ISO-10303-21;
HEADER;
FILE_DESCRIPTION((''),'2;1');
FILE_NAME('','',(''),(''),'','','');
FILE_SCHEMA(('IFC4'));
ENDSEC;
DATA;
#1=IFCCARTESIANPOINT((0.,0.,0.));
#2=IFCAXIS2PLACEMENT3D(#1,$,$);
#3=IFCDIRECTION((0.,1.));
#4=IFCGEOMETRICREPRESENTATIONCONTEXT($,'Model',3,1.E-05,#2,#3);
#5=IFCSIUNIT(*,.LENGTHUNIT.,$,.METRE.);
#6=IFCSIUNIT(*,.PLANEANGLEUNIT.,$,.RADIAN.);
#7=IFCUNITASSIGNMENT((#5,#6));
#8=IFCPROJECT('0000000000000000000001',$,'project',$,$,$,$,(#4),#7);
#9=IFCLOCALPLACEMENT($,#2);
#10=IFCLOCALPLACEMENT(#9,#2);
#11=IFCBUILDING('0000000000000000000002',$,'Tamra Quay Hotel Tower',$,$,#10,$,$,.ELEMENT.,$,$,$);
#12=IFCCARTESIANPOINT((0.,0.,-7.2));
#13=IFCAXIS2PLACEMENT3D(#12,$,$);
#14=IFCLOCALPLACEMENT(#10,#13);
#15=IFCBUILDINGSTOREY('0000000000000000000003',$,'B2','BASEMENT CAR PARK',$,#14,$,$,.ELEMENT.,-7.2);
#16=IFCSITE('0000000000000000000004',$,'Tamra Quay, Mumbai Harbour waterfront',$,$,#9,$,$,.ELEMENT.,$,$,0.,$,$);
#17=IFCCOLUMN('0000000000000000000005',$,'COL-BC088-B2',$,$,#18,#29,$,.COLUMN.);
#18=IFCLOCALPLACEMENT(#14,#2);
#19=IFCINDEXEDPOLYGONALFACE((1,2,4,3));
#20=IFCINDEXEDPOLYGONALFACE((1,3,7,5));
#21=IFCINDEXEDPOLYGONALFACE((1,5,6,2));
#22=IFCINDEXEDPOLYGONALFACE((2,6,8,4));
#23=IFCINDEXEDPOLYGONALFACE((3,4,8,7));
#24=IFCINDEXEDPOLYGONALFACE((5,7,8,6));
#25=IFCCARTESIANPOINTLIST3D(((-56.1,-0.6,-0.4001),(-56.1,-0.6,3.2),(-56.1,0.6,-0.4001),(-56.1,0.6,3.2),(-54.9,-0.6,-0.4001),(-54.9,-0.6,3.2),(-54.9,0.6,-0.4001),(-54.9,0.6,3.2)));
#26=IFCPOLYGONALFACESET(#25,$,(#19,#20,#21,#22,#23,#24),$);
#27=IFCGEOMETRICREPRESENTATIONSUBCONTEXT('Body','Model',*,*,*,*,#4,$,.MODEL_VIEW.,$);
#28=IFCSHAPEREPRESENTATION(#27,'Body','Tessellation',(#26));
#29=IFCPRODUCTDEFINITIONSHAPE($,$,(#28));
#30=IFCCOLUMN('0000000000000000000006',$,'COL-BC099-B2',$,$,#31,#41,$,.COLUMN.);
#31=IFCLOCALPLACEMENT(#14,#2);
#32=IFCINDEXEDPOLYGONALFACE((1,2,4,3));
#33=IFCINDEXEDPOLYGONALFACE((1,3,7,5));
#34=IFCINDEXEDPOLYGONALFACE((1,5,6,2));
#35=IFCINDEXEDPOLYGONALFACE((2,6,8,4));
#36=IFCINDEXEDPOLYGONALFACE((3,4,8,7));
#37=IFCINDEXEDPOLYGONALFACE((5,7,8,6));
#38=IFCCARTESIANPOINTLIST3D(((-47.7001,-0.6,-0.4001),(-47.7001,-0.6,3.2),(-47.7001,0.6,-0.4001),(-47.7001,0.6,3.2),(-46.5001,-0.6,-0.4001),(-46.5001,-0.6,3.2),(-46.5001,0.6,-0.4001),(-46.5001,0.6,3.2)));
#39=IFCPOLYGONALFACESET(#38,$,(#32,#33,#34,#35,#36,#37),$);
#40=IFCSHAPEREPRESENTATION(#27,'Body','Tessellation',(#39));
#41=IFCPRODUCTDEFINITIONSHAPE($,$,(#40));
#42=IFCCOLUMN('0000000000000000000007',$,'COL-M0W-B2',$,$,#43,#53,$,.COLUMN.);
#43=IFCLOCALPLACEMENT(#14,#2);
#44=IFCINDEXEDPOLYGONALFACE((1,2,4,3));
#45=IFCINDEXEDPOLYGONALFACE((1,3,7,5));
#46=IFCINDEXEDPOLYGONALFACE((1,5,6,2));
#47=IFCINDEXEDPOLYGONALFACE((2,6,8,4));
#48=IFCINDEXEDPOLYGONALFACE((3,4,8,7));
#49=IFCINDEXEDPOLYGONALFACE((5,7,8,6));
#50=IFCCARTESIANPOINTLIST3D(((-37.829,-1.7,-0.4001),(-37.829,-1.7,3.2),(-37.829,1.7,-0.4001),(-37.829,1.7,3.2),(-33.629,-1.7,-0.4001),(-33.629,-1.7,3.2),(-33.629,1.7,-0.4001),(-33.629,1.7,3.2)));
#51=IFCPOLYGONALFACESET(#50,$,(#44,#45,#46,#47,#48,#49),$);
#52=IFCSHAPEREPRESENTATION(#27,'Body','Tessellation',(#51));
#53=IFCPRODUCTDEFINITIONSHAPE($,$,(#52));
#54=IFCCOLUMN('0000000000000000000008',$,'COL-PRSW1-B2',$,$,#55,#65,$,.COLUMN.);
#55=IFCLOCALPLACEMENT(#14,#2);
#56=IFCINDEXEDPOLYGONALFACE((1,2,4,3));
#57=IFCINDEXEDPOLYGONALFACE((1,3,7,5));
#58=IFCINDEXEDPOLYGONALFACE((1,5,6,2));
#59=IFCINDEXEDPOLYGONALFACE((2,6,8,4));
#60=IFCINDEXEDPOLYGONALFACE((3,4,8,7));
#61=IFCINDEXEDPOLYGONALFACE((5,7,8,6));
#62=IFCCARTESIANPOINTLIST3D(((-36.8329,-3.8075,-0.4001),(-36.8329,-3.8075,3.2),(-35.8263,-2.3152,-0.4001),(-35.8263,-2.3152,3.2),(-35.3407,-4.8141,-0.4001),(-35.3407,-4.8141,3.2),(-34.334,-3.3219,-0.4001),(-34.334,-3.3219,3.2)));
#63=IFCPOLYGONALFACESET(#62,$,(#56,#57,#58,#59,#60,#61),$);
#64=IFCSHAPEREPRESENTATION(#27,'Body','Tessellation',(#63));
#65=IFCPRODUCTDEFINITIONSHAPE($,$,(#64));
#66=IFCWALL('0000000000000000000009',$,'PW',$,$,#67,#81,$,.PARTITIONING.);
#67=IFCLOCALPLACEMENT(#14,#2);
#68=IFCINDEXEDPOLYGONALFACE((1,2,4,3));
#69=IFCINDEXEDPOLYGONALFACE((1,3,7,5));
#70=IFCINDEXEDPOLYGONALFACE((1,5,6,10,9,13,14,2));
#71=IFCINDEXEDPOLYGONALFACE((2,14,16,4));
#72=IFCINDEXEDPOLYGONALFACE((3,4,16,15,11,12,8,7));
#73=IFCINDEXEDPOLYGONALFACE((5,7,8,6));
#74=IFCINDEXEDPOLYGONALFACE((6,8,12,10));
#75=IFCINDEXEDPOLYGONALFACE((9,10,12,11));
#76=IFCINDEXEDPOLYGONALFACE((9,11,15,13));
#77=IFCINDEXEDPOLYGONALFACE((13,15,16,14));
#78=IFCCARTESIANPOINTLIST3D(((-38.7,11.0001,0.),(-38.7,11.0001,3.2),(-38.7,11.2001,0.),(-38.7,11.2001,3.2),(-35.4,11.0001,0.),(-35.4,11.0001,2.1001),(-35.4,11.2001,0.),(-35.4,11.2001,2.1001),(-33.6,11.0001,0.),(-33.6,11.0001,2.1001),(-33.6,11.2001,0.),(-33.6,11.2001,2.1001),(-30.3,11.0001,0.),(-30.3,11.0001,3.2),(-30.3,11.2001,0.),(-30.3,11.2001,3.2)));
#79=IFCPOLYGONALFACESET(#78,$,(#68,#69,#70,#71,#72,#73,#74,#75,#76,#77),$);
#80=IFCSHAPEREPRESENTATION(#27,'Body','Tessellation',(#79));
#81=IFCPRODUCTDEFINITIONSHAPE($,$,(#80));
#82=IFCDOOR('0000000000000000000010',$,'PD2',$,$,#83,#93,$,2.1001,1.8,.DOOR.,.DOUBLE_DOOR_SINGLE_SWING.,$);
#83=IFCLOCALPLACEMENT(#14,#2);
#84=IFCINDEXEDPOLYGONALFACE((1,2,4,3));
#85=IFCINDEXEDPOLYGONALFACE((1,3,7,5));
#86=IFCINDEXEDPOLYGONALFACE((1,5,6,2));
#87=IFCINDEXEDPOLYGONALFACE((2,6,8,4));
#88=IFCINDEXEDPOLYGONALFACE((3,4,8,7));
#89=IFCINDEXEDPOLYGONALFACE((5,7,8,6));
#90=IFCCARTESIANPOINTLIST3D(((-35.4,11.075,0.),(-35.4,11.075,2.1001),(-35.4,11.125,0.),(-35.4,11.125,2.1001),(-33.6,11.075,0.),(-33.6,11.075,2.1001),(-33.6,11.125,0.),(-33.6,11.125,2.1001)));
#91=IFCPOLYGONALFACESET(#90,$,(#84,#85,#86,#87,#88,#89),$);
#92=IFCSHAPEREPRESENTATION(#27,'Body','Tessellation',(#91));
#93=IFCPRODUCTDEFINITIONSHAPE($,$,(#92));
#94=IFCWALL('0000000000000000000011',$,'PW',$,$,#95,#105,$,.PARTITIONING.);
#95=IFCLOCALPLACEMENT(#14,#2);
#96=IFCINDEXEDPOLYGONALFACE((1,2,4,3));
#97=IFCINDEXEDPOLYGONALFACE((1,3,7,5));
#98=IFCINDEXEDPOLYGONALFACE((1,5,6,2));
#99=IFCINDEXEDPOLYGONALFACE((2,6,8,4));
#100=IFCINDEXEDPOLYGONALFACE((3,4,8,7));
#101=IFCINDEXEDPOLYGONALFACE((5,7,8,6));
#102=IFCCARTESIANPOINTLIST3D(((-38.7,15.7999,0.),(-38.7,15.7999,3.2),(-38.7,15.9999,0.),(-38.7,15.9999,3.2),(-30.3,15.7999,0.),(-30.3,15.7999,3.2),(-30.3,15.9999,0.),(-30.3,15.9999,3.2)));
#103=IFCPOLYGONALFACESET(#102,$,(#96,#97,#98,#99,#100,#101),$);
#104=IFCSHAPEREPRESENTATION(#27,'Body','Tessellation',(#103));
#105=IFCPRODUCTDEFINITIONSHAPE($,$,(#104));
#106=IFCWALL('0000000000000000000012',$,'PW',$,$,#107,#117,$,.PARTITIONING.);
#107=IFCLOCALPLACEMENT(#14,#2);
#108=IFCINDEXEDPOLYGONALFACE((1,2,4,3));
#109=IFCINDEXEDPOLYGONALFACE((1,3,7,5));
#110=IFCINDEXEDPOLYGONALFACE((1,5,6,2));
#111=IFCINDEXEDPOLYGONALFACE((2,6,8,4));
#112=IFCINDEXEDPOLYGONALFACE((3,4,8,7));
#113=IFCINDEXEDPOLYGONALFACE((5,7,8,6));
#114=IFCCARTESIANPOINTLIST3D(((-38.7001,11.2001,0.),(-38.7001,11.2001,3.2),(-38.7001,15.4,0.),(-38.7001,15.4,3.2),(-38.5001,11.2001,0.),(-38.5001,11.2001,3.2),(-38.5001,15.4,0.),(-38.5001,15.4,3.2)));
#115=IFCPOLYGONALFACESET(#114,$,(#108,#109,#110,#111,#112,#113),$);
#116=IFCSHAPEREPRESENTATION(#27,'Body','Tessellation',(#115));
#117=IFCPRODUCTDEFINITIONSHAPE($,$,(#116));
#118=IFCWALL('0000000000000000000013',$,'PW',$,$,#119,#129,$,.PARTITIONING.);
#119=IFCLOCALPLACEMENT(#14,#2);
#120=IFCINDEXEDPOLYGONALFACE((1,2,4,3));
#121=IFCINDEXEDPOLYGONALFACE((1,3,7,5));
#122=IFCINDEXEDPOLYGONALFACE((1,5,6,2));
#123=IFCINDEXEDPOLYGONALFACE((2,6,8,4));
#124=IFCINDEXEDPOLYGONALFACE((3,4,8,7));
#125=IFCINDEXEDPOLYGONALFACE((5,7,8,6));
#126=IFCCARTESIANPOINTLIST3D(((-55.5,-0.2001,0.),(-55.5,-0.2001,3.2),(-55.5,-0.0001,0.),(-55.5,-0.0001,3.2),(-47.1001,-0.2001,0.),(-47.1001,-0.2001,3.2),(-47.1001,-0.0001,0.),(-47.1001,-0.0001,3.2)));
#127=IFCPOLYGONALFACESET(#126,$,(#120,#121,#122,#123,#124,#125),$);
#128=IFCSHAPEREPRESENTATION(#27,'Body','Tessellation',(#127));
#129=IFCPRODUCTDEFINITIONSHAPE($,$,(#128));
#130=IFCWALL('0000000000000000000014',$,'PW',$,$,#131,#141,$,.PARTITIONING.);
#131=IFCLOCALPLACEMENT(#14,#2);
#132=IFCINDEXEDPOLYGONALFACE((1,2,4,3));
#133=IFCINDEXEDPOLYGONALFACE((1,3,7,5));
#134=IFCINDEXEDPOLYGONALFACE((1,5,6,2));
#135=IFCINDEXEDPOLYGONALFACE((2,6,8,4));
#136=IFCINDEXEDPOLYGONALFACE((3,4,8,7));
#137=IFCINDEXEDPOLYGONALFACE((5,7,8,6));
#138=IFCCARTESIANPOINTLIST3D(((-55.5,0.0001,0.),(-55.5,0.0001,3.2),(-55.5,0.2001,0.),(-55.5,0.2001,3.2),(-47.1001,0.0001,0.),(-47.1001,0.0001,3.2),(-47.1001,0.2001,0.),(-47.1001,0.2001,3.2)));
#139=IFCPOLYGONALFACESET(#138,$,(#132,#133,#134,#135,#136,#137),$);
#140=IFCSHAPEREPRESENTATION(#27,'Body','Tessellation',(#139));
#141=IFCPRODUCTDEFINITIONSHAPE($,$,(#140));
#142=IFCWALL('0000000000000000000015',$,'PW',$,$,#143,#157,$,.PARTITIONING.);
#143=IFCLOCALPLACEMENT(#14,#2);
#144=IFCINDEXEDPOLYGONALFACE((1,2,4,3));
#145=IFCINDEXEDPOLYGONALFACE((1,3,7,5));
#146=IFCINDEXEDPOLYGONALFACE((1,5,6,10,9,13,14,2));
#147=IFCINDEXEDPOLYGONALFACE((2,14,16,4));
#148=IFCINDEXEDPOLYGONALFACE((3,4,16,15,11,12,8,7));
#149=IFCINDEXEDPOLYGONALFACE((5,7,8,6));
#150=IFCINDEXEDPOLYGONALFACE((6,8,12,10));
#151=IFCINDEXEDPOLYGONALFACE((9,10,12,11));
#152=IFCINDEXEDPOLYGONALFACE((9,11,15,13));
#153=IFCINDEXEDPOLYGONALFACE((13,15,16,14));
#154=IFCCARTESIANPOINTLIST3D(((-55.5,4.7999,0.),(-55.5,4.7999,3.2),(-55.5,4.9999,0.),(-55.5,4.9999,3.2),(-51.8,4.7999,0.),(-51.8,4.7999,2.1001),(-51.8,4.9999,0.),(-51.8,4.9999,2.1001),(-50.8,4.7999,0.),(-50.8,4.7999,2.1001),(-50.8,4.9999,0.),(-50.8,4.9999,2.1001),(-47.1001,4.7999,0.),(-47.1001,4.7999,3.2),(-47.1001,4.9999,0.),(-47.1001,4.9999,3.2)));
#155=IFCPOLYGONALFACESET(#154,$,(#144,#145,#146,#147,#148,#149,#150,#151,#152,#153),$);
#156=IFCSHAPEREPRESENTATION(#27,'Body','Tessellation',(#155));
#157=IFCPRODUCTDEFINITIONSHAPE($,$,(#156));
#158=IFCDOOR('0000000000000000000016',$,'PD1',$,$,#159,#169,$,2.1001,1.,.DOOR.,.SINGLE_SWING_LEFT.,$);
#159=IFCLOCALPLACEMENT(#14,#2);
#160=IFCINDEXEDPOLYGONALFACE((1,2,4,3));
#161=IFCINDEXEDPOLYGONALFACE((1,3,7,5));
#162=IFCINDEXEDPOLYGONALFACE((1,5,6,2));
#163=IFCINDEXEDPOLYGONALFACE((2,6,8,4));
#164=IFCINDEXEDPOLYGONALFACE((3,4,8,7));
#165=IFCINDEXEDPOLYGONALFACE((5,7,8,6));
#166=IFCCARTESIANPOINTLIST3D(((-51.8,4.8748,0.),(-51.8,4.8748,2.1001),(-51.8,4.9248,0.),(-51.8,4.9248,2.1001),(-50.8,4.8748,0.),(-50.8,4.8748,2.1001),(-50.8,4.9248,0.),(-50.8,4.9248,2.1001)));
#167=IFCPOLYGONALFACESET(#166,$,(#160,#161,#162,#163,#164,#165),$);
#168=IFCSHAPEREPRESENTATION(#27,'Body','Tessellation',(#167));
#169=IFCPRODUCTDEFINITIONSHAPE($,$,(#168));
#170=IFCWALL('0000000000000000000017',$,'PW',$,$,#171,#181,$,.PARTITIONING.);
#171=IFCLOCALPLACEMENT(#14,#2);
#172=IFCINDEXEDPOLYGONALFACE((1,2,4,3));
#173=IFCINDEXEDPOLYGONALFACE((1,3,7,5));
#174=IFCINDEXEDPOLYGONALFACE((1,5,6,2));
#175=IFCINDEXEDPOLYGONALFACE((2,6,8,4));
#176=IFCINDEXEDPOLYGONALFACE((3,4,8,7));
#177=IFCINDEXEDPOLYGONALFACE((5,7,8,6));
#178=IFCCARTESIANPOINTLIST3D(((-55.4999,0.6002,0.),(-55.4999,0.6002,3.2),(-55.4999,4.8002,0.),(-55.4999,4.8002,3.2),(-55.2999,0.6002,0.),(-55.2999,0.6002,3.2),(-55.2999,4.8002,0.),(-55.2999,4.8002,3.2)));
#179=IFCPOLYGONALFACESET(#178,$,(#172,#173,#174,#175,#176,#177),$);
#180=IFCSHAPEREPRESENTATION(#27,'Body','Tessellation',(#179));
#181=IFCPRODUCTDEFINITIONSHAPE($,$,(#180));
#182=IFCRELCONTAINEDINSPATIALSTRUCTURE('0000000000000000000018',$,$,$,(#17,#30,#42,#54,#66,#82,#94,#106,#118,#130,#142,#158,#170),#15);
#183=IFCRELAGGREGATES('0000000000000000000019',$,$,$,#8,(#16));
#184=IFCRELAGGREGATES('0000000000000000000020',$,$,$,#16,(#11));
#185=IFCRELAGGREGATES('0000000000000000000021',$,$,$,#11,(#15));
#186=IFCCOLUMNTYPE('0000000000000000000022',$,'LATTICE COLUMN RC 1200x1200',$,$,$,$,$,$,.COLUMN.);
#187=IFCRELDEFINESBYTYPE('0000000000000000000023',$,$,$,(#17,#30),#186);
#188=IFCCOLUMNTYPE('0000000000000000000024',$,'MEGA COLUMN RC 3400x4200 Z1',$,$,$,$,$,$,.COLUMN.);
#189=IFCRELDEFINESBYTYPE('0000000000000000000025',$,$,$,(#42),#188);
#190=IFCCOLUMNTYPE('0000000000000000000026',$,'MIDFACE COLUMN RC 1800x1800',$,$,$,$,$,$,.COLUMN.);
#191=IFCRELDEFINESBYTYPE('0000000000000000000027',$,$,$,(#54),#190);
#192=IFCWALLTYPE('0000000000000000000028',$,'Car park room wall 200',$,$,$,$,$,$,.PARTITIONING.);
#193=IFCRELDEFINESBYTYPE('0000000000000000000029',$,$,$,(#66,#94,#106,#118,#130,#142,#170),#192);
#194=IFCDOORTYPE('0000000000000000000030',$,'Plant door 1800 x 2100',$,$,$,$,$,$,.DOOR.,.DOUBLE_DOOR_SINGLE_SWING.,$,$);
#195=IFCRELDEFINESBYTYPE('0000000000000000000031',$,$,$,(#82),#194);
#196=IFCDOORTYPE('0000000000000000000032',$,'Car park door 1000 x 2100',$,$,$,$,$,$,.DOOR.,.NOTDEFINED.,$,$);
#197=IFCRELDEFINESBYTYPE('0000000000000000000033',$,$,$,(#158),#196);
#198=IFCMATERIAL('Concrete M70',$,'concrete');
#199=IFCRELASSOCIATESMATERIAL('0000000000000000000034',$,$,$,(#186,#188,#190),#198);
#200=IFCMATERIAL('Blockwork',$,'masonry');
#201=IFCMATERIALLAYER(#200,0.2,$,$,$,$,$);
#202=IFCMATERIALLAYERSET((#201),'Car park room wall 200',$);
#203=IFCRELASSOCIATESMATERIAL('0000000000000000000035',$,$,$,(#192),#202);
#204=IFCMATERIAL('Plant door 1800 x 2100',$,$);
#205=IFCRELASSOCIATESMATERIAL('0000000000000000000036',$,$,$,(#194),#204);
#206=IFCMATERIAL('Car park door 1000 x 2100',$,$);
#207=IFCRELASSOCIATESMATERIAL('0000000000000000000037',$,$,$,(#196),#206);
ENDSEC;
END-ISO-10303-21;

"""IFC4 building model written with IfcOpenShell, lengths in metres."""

from ifc_helpers import new_model, si_unit, direction, frame, frame_2d, origin, origin_2d, place, context, subcontext, project, spatial, rectangle, extrude, material, layer, layer_set, material_profile, profile_set, type_object, element, fill, save


model = new_model("IFC4")

# Units and contexts
model_context = context("Model", 3, precision=1e-05, world=origin(), true_north=direction((0.0, 1.0)))
body_context = subcontext(model_context, "Body", "Model", "MODEL_VIEW")
ifc_project = project(units=[si_unit("LENGTHUNIT", "METRE"), si_unit("PLANEANGLEUNIT", "RADIAN")], contexts=[model_context])

# Site, building, storey
site_placement = place(None, origin())
site = spatial("IfcSite", under=ifc_project, at=site_placement, Name="Tamra Quay, Mumbai Harbour waterfront", CompositionType="ELEMENT", RefElevation=0.0)
building_placement = place(site_placement, origin())
building = spatial("IfcBuilding", under=site, at=building_placement, Name="Tamra Quay Hotel Tower", CompositionType="ELEMENT")
storey_placement = place(building_placement, frame((0.0, 0.0, -7.2)))
storey = spatial("IfcBuildingStorey", under=building, at=storey_placement, Name="B2", Description="BASEMENT CAR PARK", CompositionType="ELEMENT", Elevation=-7.2)

# Columns
ifc_material_1 = material(Name="Concrete M70", Category="concrete")
ifc_material_profile_1 = material_profile(ifc_material_1, rectangle(XDim=1.2, YDim=1.2, at=origin_2d()), Name="LATTICE COLUMN RC 1200x1200")
ifc_profile_set_1 = profile_set([ifc_material_profile_1], Name="Concrete M70")
column_type_1 = type_object("IfcColumnType", Name="LATTICE COLUMN RC 1200x1200", PredefinedType="COLUMN", material=ifc_profile_set_1)
for number, where, z_axis, x_axis, name in (
    (1, (-55.5, 0.0, -0.4001), (0.0, 0.0, 1.0), (1.0, 0.0, 0.0), "COL-BC088-B2"),
    (2, (-47.1001, 0.0, -0.4001), (0.0, 0.0, 1.0), (1.0, 0.0, 0.0), "COL-BC099-B2"),
):
    element("IfcColumn", number, at=place(storey_placement, frame(where, z_axis=z_axis, x_axis=x_axis)), inside=storey, type_object=column_type_1, Name=name, PredefinedType="COLUMN", context=body_context, shape_type="SweptSolid", body=[
        extrude(rectangle(XDim=1.2, YDim=1.2, at=origin_2d()), origin(), (0.0, 0.0, 1.0), 3.6001),
    ])
ifc_material_profile_2 = material_profile(ifc_material_1, rectangle(XDim=4.2, YDim=3.3999, at=origin_2d()), Name="MEGA COLUMN RC 3400x4200 Z1")
ifc_profile_set_2 = profile_set([ifc_material_profile_2], Name="Concrete M70")
column_type_2 = type_object("IfcColumnType", Name="MEGA COLUMN RC 3400x4200 Z1", PredefinedType="COLUMN", material=ifc_profile_set_2)
column_1_placement = place(storey_placement, frame((-35.729, 0.0, -0.4001), z_axis=(0.0, 0.0, 1.0), x_axis=(1.0, 0.0, 0.0)))
element("IfcColumn", 3, at=column_1_placement, inside=storey, type_object=column_type_2, Name="COL-M0W-B2", PredefinedType="COLUMN", context=body_context, shape_type="SweptSolid", body=[
    extrude(rectangle(XDim=4.2, YDim=3.3999, at=origin_2d()), origin(), (0.0, 0.0, 1.0), 3.6001),
])
ifc_material_profile_3 = material_profile(ifc_material_1, rectangle(XDim=1.8, YDim=1.8, at=origin_2d()), Name="MIDFACE COLUMN RC 1800x1800")
ifc_profile_set_3 = profile_set([ifc_material_profile_3], Name="Concrete M70")
column_type_3 = type_object("IfcColumnType", Name="MIDFACE COLUMN RC 1800x1800", PredefinedType="COLUMN", material=ifc_profile_set_3)
column_2_placement = place(storey_placement, frame((-35.5835, -3.5647, -0.4001), z_axis=(0.0, 0.0, 1.0), x_axis=(0.55922, 0.829019, 0.0)))
element("IfcColumn", 4, at=column_2_placement, inside=storey, type_object=column_type_3, Name="COL-PRSW1-B2", PredefinedType="COLUMN", context=body_context, shape_type="SweptSolid", body=[
    extrude(rectangle(XDim=1.8, YDim=1.8, at=origin_2d()), origin(), (0.0, 0.0, 1.0), 3.6001),
])

# Wall, opening, door
ifc_material_2 = material(Name="Blockwork", Category="masonry")
ifc_layer = layer(ifc_material_2, 0.2)
ifc_layer_set = layer_set([ifc_layer], Name="Car park room wall 200")
wall_type = type_object("IfcWallType", Name="Car park room wall 200", PredefinedType="PARTITIONING", material=ifc_layer_set)
wall_1_placement = place(storey_placement, frame((-38.7, 11.1001, 0.0), z_axis=(0.0, 0.0, 1.0), x_axis=(1.0, 0.0, 0.0)))
wall_1 = element("IfcWall", 5, at=wall_1_placement, inside=storey, type_object=wall_type, Name="PW", PredefinedType="PARTITIONING", context=body_context, shape_type="SweptSolid", body=[
    extrude(rectangle(XDim=8.3999, YDim=0.2, at=frame_2d((4.2, 0.0))), origin(), (0.0, 0.0, 1.0), 3.2),
])
opening_1_placement = place(wall_1_placement, frame((3.3, 0.0, 0.0)))
opening_1 = element("IfcOpeningElement", 6, at=opening_1_placement, cuts=wall_1, PredefinedType="OPENING", context=body_context, shape_type="SweptSolid", body=[
    extrude(rectangle(XDim=1.8, YDim=2.1001, at=frame_2d((0.8999, 1.05))), frame((0.0, 0.1099, 0.0), z_axis=(0.0, -1.0, 0.0), x_axis=(1.0, 0.0, 0.0)), (0.0, 0.0, 1.0), 0.22),
])
ifc_material_3 = material(Name="Plant door 1800 x 2100")
door_type_1 = type_object("IfcDoorType", Name="Plant door 1800 x 2100", OperationType="DOUBLE_DOOR_SINGLE_SWING", PredefinedType="DOOR", material=ifc_material_3)
door_1_placement = place(opening_1_placement, origin())
door_1 = element("IfcDoor", 7, at=door_1_placement, inside=storey, type_object=door_type_1, Name="PD2", OperationType="DOUBLE_DOOR_SINGLE_SWING", OverallHeight=2.1001, OverallWidth=1.8, PredefinedType="DOOR", context=body_context, shape_type="SweptSolid", body=[
    extrude(rectangle(XDim=1.8, YDim=2.1001, at=frame_2d((0.8999, 1.05))), frame((0.0, 0.0249, 0.0), z_axis=(0.0, -1.0, 0.0), x_axis=(1.0, 0.0, 0.0)), (0.0, 0.0, 1.0), 0.05),
])
fill(opening_1, door_1)

# Walls
wall_2_placement = place(storey_placement, frame((-38.7, 15.8999, 0.0), z_axis=(0.0, 0.0, 1.0), x_axis=(1.0, 0.0, 0.0)))
element("IfcWall", 8, at=wall_2_placement, inside=storey, type_object=wall_type, Name="PW", PredefinedType="PARTITIONING", context=body_context, shape_type="SweptSolid", body=[
    extrude(rectangle(XDim=8.3999, YDim=0.2, at=frame_2d((4.2, 0.0))), origin(), (0.0, 0.0, 1.0), 3.2),
])
wall_3_placement = place(storey_placement, frame((-38.6001, 11.2, 0.0), z_axis=(0.0, 0.0, 1.0), x_axis=(0.0, 1.0, 0.0)))
element("IfcWall", 9, at=wall_3_placement, inside=storey, type_object=wall_type, Name="PW", PredefinedType="PARTITIONING", context=body_context, shape_type="SweptSolid", body=[
    extrude(rectangle(XDim=4.2, YDim=0.2, at=frame_2d((2.1001, 0.0))), origin(), (0.0, 0.0, 1.0), 3.2),
])
for number, where, z_axis, x_axis, name in (
    (10, (-55.5, -0.1001, 0.0), (0.0, 0.0, 1.0), (1.0, 0.0, 0.0), "PW"),
    (11, (-55.5, 0.1001, 0.0), (0.0, 0.0, 1.0), (1.0, 0.0, 0.0), "PW"),
):
    element("IfcWall", number, at=place(storey_placement, frame(where, z_axis=z_axis, x_axis=x_axis)), inside=storey, type_object=wall_type, Name=name, PredefinedType="PARTITIONING", context=body_context, shape_type="SweptSolid", body=[
        extrude(rectangle(XDim=8.3999, YDim=0.2, at=frame_2d((4.2, 0.0))), origin(), (0.0, 0.0, 1.0), 3.2),
    ])

# Wall, opening, door
wall_4_placement = place(storey_placement, frame((-55.5, 4.8999, 0.0), z_axis=(0.0, 0.0, 1.0), x_axis=(1.0, 0.0, 0.0)))
wall_4 = element("IfcWall", 12, at=wall_4_placement, inside=storey, type_object=wall_type, Name="PW", PredefinedType="PARTITIONING", context=body_context, shape_type="SweptSolid", body=[
    extrude(rectangle(XDim=8.3999, YDim=0.2, at=frame_2d((4.2, 0.0))), origin(), (0.0, 0.0, 1.0), 3.2),
])
opening_2_placement = place(wall_4_placement, frame((3.7, 0.0, 0.0)))
opening_2 = element("IfcOpeningElement", 13, at=opening_2_placement, cuts=wall_4, PredefinedType="OPENING", context=body_context, shape_type="SweptSolid", body=[
    extrude(rectangle(XDim=1.0, YDim=2.1001, at=frame_2d((0.5, 1.05))), frame((0.0, 0.1099, 0.0), z_axis=(0.0, -1.0, 0.0), x_axis=(1.0, 0.0, 0.0)), (0.0, 0.0, 1.0), 0.22),
])
ifc_material_4 = material(Name="Car park door 1000 x 2100")
door_type_2 = type_object("IfcDoorType", Name="Car park door 1000 x 2100", OperationType="NOTDEFINED", PredefinedType="DOOR", material=ifc_material_4)
door_2_placement = place(opening_2_placement, origin())
door_2 = element("IfcDoor", 14, at=door_2_placement, inside=storey, type_object=door_type_2, Name="PD1", OperationType="SINGLE_SWING_LEFT", OverallHeight=2.1001, OverallWidth=1.0, PredefinedType="DOOR", context=body_context, shape_type="SweptSolid", body=[
    extrude(rectangle(XDim=1.0, YDim=2.1001, at=frame_2d((0.5, 1.05))), frame((0.0, 0.0249, 0.0), z_axis=(0.0, -1.0, 0.0), x_axis=(1.0, 0.0, 0.0)), (0.0, 0.0, 1.0), 0.05),
])
fill(opening_2, door_2)

# Wall
for number, where, z_axis, x_axis, name in (
    (15, (-55.3999, 0.6001, 0.0), (0.0, 0.0, 1.0), (0.0, 1.0, 0.0), "PW"),
):
    element("IfcWall", number, at=place(storey_placement, frame(where, z_axis=z_axis, x_axis=x_axis)), inside=storey, type_object=wall_type, Name=name, PredefinedType="PARTITIONING", context=body_context, shape_type="SweptSolid", body=[
        extrude(rectangle(XDim=4.2, YDim=0.2, at=frame_2d((2.1001, 0.0))), origin(), (0.0, 0.0, 1.0), 3.2),
    ])

save(model, "model.ifc")
